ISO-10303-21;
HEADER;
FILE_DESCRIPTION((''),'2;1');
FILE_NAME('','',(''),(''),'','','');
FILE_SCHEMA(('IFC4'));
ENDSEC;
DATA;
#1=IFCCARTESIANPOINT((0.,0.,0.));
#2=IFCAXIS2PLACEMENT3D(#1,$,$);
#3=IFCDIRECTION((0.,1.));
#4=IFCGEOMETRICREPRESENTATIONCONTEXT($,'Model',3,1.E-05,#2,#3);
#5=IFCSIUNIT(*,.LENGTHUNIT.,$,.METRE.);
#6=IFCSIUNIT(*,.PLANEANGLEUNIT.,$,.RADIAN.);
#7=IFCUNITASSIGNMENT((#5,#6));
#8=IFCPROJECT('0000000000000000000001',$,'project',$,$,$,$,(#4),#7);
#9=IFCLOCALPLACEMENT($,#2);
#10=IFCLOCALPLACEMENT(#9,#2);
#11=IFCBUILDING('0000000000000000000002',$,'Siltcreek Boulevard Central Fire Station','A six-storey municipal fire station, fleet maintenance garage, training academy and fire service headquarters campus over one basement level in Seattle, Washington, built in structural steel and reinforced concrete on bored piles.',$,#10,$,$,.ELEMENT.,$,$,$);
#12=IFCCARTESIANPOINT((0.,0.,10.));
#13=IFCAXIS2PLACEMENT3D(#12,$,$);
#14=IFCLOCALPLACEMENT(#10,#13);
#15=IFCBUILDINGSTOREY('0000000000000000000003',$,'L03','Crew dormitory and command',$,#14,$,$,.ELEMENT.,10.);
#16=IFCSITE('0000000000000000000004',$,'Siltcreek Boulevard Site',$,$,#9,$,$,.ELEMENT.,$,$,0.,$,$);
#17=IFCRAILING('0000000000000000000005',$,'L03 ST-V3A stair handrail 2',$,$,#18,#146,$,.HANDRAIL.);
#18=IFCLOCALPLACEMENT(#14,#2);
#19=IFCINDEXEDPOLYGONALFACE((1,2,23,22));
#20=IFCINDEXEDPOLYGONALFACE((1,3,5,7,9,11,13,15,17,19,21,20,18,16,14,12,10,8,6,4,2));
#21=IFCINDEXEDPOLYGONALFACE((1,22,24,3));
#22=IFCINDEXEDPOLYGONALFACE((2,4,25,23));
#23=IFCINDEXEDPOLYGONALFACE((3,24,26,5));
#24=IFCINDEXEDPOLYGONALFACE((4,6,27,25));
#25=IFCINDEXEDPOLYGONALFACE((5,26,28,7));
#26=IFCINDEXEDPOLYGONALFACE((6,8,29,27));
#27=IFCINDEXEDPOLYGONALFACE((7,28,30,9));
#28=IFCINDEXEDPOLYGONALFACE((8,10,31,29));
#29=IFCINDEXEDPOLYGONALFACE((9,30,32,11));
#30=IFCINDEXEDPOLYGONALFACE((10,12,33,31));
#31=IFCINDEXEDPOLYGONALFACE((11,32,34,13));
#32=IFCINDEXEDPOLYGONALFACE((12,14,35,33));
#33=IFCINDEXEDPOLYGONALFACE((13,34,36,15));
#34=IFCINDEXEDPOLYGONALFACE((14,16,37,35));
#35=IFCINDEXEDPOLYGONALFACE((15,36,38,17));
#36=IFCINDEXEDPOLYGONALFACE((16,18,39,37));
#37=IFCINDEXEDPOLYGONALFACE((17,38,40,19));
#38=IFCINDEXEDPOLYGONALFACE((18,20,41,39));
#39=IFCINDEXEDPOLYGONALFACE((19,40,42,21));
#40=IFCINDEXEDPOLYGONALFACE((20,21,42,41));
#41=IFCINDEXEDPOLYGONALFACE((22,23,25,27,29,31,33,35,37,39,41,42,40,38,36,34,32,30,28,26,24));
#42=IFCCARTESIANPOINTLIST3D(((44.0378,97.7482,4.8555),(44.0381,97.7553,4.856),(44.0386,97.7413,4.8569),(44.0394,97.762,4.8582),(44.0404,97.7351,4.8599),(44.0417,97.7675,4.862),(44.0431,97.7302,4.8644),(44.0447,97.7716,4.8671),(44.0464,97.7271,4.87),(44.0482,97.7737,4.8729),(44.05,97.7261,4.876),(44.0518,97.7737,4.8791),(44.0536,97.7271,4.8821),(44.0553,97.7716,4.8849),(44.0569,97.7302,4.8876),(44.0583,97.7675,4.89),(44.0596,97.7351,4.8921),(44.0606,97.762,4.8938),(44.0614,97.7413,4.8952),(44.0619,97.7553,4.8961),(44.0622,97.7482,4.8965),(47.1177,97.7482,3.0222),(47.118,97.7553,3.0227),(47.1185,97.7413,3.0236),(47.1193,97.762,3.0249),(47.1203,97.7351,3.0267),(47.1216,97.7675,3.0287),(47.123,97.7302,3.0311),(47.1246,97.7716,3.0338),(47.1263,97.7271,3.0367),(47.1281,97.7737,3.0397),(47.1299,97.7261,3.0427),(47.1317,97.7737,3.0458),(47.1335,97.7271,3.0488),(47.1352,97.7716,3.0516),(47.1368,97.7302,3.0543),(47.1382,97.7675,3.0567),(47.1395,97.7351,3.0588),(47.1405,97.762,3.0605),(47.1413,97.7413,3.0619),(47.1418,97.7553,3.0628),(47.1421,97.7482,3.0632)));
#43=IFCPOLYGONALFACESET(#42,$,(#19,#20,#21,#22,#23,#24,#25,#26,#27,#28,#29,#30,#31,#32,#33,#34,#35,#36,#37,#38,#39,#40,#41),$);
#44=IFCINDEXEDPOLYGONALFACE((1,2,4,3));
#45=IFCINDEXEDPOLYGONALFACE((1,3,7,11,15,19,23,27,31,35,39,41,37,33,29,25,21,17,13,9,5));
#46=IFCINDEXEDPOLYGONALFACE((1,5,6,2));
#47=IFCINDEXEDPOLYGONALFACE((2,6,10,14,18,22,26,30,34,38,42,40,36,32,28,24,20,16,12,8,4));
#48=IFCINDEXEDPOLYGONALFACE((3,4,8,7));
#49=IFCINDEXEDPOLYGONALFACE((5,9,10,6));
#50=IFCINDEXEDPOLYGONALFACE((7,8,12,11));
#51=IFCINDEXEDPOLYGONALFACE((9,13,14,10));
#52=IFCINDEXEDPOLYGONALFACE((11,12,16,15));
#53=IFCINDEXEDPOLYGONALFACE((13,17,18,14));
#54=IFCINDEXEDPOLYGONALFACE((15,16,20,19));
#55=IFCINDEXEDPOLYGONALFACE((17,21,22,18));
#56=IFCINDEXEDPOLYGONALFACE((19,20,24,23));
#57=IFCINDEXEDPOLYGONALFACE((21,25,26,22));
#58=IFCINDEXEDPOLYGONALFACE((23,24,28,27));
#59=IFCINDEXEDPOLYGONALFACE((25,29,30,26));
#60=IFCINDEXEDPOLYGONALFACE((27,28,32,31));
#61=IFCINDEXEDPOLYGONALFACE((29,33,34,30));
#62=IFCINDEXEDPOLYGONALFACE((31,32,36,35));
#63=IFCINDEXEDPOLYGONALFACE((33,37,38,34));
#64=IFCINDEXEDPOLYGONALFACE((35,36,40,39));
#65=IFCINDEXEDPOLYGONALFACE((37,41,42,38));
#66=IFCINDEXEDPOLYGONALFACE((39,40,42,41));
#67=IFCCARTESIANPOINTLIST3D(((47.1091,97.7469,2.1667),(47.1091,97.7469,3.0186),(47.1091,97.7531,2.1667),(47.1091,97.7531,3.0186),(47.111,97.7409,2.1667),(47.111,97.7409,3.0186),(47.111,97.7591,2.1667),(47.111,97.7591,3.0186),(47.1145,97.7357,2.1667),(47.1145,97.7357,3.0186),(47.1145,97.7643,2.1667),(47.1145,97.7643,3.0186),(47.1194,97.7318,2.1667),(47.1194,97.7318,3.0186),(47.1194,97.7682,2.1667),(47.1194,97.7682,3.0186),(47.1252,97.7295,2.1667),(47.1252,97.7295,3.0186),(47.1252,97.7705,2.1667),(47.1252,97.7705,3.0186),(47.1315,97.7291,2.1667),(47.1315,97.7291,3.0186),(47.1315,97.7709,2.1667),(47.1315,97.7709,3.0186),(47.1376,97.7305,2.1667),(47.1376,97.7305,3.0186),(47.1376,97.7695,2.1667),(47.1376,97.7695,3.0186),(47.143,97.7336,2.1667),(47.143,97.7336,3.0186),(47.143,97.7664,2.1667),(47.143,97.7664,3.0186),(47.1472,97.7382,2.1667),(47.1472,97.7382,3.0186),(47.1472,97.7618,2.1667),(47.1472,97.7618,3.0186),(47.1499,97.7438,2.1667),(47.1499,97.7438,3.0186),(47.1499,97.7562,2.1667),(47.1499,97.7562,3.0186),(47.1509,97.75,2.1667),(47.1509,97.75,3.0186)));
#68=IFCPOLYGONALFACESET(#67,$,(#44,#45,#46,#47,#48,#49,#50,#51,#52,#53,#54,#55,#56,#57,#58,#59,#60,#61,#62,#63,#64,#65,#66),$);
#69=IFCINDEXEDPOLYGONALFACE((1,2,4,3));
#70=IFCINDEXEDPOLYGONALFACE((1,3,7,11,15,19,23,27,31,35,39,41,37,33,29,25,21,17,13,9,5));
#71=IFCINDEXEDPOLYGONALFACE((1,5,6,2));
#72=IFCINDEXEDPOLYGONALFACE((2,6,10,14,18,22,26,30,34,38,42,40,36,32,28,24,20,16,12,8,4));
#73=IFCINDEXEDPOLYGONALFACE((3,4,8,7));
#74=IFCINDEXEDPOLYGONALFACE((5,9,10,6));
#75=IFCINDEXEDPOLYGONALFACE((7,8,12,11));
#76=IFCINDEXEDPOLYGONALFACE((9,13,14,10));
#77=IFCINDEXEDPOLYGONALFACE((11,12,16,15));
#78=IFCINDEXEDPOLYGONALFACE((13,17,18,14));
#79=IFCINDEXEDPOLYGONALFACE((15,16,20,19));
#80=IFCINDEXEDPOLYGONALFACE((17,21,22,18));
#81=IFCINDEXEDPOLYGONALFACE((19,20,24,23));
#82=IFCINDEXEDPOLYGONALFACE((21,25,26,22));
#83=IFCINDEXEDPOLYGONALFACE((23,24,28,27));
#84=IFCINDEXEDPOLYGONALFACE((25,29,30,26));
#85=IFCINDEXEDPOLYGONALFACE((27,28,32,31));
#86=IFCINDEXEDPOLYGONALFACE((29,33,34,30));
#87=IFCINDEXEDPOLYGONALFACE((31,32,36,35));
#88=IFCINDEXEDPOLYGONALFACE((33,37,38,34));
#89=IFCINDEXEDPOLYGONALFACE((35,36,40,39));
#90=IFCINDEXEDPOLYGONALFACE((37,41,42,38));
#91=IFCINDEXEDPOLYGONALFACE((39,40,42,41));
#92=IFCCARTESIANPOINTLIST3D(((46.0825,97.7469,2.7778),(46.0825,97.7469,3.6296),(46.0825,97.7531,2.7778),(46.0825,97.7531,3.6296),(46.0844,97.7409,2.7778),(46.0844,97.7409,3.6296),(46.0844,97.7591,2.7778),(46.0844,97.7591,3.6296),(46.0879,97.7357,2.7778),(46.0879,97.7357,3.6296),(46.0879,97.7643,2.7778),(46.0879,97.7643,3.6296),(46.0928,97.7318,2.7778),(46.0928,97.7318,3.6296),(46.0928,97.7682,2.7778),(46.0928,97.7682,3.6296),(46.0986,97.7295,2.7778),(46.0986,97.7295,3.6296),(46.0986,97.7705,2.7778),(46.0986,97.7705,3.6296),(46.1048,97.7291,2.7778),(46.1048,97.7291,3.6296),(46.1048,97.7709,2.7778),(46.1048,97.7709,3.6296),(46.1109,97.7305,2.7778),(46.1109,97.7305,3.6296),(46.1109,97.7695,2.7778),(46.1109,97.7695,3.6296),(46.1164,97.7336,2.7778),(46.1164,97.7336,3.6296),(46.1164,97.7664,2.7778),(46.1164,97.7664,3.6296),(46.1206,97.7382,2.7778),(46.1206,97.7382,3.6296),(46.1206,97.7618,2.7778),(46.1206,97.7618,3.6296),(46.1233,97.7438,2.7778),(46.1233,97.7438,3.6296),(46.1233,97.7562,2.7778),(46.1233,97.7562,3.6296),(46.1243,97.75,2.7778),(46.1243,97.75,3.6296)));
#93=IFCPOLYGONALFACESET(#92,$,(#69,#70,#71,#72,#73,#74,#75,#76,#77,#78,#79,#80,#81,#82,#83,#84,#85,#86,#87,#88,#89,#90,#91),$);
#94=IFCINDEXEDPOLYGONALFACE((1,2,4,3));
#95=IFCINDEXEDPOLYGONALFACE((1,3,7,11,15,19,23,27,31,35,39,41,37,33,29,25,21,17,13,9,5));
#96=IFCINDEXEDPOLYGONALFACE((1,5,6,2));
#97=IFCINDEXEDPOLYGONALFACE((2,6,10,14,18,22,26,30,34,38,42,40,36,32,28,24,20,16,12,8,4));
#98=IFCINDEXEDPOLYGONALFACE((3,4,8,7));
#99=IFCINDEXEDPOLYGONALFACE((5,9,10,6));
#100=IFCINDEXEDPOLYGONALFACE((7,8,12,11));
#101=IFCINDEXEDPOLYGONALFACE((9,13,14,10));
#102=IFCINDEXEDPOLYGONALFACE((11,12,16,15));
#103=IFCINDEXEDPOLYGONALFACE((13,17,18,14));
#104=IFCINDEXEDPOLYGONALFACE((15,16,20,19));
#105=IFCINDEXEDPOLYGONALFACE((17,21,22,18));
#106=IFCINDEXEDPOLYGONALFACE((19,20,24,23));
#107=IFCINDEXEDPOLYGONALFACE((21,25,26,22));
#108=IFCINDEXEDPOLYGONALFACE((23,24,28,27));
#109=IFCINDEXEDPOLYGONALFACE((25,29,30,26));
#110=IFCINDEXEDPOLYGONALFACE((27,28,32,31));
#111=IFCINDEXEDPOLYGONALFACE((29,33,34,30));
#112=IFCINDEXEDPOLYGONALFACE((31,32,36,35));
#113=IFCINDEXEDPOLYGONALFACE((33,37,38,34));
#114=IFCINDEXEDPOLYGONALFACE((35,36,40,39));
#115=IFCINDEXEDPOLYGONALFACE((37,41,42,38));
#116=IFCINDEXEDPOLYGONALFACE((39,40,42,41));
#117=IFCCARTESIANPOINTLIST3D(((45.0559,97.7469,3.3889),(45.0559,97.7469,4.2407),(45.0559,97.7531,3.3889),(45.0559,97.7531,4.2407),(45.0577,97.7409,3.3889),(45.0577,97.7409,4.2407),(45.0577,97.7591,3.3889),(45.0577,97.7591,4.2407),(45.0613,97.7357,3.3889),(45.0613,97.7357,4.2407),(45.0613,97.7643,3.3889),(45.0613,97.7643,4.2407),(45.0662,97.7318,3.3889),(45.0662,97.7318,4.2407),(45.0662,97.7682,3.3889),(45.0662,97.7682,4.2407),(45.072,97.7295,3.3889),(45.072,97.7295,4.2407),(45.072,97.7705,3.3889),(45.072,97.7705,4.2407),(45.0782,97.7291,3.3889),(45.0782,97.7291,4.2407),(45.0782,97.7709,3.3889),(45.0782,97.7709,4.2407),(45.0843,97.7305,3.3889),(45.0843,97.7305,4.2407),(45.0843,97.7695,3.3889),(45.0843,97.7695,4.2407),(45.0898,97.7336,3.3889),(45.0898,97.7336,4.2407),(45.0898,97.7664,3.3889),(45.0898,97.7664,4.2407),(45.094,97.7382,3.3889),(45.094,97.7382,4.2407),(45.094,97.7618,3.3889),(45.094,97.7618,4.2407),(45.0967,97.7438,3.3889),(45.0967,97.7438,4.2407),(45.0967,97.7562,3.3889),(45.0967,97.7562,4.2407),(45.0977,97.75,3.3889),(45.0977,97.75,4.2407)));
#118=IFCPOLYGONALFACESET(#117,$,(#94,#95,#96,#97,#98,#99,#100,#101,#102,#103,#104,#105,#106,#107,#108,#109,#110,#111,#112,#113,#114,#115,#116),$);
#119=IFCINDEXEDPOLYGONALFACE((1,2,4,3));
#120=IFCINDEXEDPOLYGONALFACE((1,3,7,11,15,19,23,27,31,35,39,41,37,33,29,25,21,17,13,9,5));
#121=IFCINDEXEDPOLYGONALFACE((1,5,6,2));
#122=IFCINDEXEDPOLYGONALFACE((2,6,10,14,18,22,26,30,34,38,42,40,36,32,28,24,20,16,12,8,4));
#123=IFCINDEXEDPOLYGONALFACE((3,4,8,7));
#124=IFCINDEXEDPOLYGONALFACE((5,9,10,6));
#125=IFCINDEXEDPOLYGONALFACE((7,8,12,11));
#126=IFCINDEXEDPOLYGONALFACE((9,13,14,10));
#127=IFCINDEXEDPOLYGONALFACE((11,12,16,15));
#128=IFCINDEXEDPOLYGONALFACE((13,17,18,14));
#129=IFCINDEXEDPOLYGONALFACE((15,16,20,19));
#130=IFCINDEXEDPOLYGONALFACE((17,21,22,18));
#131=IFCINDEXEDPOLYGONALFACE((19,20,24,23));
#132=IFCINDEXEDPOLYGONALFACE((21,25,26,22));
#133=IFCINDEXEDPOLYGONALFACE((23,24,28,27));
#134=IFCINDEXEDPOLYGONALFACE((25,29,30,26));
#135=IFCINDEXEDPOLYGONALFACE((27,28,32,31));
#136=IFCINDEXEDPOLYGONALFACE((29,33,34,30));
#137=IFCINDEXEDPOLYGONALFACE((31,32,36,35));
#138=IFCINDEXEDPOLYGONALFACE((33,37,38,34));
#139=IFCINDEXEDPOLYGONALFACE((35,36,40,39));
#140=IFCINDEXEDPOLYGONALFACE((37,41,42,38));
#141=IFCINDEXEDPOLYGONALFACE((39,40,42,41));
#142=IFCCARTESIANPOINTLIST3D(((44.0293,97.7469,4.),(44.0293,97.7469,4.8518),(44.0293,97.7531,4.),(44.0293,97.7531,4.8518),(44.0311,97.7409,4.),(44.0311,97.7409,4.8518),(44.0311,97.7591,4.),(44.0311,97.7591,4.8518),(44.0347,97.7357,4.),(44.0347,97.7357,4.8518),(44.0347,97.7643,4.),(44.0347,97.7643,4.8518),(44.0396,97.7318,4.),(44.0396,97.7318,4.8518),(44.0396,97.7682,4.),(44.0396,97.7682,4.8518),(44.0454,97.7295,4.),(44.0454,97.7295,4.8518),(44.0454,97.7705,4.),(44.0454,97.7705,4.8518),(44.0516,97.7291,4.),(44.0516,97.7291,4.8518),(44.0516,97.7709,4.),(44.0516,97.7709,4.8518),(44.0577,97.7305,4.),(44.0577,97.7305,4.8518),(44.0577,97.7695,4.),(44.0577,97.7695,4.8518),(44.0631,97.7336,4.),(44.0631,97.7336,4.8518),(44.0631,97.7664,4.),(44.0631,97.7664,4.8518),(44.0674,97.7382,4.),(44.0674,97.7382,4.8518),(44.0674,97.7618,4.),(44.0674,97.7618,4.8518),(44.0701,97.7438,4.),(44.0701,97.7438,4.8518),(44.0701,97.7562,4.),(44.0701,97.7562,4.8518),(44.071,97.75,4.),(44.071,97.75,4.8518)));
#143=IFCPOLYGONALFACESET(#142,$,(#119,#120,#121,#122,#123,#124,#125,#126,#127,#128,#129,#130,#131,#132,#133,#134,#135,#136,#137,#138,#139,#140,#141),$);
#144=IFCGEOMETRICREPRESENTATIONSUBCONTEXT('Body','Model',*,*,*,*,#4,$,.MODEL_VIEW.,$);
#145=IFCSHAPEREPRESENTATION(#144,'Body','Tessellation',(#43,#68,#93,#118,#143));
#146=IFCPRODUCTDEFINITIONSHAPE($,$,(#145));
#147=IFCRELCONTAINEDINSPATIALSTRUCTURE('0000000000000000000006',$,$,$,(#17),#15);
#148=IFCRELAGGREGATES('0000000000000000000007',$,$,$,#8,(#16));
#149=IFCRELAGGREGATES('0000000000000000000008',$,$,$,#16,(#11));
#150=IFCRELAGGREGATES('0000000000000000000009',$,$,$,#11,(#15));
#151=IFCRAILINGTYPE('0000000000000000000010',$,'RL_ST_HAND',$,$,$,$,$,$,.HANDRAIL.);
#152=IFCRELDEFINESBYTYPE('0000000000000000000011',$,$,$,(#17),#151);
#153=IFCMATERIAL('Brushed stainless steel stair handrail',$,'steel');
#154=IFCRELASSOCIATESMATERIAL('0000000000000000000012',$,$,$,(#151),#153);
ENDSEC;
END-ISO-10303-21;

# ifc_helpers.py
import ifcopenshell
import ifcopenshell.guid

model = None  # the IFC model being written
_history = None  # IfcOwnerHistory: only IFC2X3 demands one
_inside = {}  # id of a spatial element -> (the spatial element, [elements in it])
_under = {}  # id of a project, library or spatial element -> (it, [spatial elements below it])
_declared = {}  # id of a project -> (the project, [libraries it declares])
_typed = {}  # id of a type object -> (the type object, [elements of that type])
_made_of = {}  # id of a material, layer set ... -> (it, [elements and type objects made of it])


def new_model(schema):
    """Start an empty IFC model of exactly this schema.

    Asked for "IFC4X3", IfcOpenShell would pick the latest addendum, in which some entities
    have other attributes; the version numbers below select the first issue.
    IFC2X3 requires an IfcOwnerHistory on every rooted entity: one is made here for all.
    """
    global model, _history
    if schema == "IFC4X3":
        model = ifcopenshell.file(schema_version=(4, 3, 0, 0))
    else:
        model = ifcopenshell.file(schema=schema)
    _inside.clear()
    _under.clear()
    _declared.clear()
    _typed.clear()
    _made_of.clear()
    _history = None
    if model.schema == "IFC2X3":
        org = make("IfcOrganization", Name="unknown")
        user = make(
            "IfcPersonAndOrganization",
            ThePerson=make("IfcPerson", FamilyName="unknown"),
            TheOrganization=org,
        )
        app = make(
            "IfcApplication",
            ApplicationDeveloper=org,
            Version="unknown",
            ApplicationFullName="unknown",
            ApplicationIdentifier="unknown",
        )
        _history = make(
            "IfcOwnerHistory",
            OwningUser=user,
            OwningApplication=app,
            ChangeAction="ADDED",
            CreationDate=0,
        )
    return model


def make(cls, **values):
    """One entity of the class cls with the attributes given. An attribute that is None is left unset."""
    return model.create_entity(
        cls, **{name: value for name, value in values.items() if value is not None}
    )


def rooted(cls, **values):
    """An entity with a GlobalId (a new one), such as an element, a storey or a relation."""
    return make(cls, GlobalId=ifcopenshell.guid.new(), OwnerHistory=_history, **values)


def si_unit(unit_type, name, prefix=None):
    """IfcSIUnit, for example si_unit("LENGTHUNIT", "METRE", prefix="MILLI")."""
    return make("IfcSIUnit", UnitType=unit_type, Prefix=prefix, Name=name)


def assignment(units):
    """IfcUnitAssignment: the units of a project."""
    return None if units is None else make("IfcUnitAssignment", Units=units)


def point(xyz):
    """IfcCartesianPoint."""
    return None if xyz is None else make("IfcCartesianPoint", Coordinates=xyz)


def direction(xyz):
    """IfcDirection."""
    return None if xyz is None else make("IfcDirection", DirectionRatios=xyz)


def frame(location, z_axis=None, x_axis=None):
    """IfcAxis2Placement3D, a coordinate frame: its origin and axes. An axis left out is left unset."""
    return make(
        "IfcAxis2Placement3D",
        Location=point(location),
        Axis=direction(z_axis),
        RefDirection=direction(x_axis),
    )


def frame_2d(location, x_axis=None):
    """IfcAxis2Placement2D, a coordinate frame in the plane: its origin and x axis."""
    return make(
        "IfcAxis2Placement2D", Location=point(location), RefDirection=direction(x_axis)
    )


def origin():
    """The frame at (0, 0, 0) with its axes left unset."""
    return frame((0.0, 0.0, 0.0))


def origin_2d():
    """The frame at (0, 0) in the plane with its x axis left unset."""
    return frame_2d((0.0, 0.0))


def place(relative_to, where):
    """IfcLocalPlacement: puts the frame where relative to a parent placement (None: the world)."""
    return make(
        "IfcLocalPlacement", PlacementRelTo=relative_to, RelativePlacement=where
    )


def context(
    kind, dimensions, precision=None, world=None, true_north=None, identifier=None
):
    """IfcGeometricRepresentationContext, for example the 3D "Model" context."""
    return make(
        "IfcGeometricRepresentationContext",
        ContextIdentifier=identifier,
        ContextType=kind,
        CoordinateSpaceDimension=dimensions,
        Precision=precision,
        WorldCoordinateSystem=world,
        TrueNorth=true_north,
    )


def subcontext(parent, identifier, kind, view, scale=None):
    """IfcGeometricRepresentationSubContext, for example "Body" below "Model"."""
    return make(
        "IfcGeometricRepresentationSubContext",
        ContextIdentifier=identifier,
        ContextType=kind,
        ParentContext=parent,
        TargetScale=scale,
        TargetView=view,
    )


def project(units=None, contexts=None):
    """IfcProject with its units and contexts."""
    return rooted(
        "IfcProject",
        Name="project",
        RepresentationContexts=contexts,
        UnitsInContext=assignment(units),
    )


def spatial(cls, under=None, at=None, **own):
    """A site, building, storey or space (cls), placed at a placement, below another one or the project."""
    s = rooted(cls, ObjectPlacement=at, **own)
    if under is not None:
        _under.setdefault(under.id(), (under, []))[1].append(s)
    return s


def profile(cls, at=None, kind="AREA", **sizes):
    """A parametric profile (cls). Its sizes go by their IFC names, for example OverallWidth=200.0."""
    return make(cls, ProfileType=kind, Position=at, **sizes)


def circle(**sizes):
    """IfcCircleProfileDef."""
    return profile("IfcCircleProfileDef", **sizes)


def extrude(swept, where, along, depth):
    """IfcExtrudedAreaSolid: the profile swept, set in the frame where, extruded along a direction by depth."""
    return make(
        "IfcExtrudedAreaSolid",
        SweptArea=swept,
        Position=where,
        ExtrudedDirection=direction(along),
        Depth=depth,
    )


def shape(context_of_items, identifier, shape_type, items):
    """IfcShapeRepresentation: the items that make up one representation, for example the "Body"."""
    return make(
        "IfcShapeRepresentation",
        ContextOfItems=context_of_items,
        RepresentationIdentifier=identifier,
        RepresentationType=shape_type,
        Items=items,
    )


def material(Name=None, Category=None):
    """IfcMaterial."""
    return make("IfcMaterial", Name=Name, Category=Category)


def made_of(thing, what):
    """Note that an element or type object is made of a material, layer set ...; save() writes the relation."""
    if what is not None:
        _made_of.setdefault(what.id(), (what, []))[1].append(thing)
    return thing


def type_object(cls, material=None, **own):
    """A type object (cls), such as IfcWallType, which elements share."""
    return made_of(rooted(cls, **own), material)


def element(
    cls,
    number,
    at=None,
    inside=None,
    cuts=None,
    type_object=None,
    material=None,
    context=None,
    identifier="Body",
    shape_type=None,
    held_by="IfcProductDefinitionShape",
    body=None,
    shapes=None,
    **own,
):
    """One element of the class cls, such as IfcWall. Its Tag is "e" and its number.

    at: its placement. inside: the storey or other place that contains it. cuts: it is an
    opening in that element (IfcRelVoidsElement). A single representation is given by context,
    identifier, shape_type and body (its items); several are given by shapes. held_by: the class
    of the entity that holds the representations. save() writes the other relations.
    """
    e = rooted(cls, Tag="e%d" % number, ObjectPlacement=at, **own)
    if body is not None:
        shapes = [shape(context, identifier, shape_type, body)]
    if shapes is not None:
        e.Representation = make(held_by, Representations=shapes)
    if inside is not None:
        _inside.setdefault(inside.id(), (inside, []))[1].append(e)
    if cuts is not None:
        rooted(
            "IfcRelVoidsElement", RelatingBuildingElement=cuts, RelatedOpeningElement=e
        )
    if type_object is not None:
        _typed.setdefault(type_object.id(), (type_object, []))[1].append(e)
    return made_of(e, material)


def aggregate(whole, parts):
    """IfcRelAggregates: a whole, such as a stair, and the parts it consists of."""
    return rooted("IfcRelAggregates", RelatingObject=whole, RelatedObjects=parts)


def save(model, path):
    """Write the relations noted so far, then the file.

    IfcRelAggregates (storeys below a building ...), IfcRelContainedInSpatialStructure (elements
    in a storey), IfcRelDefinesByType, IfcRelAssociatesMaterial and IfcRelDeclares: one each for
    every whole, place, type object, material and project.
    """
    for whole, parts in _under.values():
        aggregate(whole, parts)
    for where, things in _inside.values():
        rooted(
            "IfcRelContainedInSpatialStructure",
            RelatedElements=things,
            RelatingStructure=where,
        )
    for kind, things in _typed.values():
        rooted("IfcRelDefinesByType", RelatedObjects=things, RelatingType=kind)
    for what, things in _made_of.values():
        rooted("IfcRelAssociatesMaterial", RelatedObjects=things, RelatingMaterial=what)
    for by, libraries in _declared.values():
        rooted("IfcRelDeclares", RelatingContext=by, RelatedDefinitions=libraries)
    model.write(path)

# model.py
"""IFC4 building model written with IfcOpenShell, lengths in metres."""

from ifc_helpers import new_model, si_unit, direction, frame, origin, origin_2d, place, context, subcontext, project, spatial, circle, extrude, material, type_object, element, save


model = new_model("IFC4")

# Units and contexts
model_context = context("Model", 3, precision=1e-05, world=origin(), true_north=direction((0.0, 1.0)))
body_context = subcontext(model_context, "Body", "Model", "MODEL_VIEW")
ifc_project = project(units=[si_unit("LENGTHUNIT", "METRE"), si_unit("PLANEANGLEUNIT", "RADIAN")], contexts=[model_context])

# Site, building, storey
site_placement = place(None, origin())
site = spatial("IfcSite", under=ifc_project, at=site_placement, Name="Siltcreek Boulevard Site", CompositionType="ELEMENT", RefElevation=0.0)
building_placement = place(site_placement, origin())
building = spatial("IfcBuilding", under=site, at=building_placement, Name="Siltcreek Boulevard Central Fire Station", Description="A six-storey municipal fire station, fleet maintenance garage, training academy and fire service headquarters campus over one basement level in Seattle, Washington, built in structural steel and reinforced concrete on bored piles.", CompositionType="ELEMENT")
storey_placement = place(building_placement, frame((0.0, 0.0, 10.0)))
storey = spatial("IfcBuildingStorey", under=building, at=storey_placement, Name="L03", Description="Crew dormitory and command", CompositionType="ELEMENT", Elevation=10.0)

# Railing
ifc_material_1 = material(Name="Brushed stainless steel stair handrail", Category="steel")
railing_type_1 = type_object("IfcRailingType", Name="RL_ST_HAND", PredefinedType="HANDRAIL", material=ifc_material_1)
railing_1_placement = place(storey_placement, frame((47.1299, 97.75, 2.1667)))
element("IfcRailing", 1, at=railing_1_placement, inside=storey, type_object=railing_type_1, Name="L03 ST-V3A stair handrail 2", PredefinedType="HANDRAIL", context=body_context, shape_type="SweptSolid", body=[
    extrude(circle(Radius=0.0239, at=origin_2d()), frame((0.0, 0.0, 0.876), z_axis=(-0.859291, 0.0, 0.511487), x_axis=(0.0, -1.0, 0.0)), (0.0, 0.0, 1.0), 3.5842),
    extrude(circle(Radius=0.021, at=origin_2d()), origin(), (0.0, 0.0, 1.0), 0.8518),
    extrude(circle(Radius=0.021, at=origin_2d()), frame((-1.0266, 0.0, 0.6111)), (0.0, 0.0, 1.0), 0.8518),
    extrude(circle(Radius=0.021, at=origin_2d()), frame((-2.0532, 0.0, 1.2222)), (0.0, 0.0, 1.0), 0.8518),
    extrude(circle(Radius=0.021, at=origin_2d()), frame((-3.0798, 0.0, 1.8333)), (0.0, 0.0, 1.0), 0.8518),
])

save(model, "model.ifc")
